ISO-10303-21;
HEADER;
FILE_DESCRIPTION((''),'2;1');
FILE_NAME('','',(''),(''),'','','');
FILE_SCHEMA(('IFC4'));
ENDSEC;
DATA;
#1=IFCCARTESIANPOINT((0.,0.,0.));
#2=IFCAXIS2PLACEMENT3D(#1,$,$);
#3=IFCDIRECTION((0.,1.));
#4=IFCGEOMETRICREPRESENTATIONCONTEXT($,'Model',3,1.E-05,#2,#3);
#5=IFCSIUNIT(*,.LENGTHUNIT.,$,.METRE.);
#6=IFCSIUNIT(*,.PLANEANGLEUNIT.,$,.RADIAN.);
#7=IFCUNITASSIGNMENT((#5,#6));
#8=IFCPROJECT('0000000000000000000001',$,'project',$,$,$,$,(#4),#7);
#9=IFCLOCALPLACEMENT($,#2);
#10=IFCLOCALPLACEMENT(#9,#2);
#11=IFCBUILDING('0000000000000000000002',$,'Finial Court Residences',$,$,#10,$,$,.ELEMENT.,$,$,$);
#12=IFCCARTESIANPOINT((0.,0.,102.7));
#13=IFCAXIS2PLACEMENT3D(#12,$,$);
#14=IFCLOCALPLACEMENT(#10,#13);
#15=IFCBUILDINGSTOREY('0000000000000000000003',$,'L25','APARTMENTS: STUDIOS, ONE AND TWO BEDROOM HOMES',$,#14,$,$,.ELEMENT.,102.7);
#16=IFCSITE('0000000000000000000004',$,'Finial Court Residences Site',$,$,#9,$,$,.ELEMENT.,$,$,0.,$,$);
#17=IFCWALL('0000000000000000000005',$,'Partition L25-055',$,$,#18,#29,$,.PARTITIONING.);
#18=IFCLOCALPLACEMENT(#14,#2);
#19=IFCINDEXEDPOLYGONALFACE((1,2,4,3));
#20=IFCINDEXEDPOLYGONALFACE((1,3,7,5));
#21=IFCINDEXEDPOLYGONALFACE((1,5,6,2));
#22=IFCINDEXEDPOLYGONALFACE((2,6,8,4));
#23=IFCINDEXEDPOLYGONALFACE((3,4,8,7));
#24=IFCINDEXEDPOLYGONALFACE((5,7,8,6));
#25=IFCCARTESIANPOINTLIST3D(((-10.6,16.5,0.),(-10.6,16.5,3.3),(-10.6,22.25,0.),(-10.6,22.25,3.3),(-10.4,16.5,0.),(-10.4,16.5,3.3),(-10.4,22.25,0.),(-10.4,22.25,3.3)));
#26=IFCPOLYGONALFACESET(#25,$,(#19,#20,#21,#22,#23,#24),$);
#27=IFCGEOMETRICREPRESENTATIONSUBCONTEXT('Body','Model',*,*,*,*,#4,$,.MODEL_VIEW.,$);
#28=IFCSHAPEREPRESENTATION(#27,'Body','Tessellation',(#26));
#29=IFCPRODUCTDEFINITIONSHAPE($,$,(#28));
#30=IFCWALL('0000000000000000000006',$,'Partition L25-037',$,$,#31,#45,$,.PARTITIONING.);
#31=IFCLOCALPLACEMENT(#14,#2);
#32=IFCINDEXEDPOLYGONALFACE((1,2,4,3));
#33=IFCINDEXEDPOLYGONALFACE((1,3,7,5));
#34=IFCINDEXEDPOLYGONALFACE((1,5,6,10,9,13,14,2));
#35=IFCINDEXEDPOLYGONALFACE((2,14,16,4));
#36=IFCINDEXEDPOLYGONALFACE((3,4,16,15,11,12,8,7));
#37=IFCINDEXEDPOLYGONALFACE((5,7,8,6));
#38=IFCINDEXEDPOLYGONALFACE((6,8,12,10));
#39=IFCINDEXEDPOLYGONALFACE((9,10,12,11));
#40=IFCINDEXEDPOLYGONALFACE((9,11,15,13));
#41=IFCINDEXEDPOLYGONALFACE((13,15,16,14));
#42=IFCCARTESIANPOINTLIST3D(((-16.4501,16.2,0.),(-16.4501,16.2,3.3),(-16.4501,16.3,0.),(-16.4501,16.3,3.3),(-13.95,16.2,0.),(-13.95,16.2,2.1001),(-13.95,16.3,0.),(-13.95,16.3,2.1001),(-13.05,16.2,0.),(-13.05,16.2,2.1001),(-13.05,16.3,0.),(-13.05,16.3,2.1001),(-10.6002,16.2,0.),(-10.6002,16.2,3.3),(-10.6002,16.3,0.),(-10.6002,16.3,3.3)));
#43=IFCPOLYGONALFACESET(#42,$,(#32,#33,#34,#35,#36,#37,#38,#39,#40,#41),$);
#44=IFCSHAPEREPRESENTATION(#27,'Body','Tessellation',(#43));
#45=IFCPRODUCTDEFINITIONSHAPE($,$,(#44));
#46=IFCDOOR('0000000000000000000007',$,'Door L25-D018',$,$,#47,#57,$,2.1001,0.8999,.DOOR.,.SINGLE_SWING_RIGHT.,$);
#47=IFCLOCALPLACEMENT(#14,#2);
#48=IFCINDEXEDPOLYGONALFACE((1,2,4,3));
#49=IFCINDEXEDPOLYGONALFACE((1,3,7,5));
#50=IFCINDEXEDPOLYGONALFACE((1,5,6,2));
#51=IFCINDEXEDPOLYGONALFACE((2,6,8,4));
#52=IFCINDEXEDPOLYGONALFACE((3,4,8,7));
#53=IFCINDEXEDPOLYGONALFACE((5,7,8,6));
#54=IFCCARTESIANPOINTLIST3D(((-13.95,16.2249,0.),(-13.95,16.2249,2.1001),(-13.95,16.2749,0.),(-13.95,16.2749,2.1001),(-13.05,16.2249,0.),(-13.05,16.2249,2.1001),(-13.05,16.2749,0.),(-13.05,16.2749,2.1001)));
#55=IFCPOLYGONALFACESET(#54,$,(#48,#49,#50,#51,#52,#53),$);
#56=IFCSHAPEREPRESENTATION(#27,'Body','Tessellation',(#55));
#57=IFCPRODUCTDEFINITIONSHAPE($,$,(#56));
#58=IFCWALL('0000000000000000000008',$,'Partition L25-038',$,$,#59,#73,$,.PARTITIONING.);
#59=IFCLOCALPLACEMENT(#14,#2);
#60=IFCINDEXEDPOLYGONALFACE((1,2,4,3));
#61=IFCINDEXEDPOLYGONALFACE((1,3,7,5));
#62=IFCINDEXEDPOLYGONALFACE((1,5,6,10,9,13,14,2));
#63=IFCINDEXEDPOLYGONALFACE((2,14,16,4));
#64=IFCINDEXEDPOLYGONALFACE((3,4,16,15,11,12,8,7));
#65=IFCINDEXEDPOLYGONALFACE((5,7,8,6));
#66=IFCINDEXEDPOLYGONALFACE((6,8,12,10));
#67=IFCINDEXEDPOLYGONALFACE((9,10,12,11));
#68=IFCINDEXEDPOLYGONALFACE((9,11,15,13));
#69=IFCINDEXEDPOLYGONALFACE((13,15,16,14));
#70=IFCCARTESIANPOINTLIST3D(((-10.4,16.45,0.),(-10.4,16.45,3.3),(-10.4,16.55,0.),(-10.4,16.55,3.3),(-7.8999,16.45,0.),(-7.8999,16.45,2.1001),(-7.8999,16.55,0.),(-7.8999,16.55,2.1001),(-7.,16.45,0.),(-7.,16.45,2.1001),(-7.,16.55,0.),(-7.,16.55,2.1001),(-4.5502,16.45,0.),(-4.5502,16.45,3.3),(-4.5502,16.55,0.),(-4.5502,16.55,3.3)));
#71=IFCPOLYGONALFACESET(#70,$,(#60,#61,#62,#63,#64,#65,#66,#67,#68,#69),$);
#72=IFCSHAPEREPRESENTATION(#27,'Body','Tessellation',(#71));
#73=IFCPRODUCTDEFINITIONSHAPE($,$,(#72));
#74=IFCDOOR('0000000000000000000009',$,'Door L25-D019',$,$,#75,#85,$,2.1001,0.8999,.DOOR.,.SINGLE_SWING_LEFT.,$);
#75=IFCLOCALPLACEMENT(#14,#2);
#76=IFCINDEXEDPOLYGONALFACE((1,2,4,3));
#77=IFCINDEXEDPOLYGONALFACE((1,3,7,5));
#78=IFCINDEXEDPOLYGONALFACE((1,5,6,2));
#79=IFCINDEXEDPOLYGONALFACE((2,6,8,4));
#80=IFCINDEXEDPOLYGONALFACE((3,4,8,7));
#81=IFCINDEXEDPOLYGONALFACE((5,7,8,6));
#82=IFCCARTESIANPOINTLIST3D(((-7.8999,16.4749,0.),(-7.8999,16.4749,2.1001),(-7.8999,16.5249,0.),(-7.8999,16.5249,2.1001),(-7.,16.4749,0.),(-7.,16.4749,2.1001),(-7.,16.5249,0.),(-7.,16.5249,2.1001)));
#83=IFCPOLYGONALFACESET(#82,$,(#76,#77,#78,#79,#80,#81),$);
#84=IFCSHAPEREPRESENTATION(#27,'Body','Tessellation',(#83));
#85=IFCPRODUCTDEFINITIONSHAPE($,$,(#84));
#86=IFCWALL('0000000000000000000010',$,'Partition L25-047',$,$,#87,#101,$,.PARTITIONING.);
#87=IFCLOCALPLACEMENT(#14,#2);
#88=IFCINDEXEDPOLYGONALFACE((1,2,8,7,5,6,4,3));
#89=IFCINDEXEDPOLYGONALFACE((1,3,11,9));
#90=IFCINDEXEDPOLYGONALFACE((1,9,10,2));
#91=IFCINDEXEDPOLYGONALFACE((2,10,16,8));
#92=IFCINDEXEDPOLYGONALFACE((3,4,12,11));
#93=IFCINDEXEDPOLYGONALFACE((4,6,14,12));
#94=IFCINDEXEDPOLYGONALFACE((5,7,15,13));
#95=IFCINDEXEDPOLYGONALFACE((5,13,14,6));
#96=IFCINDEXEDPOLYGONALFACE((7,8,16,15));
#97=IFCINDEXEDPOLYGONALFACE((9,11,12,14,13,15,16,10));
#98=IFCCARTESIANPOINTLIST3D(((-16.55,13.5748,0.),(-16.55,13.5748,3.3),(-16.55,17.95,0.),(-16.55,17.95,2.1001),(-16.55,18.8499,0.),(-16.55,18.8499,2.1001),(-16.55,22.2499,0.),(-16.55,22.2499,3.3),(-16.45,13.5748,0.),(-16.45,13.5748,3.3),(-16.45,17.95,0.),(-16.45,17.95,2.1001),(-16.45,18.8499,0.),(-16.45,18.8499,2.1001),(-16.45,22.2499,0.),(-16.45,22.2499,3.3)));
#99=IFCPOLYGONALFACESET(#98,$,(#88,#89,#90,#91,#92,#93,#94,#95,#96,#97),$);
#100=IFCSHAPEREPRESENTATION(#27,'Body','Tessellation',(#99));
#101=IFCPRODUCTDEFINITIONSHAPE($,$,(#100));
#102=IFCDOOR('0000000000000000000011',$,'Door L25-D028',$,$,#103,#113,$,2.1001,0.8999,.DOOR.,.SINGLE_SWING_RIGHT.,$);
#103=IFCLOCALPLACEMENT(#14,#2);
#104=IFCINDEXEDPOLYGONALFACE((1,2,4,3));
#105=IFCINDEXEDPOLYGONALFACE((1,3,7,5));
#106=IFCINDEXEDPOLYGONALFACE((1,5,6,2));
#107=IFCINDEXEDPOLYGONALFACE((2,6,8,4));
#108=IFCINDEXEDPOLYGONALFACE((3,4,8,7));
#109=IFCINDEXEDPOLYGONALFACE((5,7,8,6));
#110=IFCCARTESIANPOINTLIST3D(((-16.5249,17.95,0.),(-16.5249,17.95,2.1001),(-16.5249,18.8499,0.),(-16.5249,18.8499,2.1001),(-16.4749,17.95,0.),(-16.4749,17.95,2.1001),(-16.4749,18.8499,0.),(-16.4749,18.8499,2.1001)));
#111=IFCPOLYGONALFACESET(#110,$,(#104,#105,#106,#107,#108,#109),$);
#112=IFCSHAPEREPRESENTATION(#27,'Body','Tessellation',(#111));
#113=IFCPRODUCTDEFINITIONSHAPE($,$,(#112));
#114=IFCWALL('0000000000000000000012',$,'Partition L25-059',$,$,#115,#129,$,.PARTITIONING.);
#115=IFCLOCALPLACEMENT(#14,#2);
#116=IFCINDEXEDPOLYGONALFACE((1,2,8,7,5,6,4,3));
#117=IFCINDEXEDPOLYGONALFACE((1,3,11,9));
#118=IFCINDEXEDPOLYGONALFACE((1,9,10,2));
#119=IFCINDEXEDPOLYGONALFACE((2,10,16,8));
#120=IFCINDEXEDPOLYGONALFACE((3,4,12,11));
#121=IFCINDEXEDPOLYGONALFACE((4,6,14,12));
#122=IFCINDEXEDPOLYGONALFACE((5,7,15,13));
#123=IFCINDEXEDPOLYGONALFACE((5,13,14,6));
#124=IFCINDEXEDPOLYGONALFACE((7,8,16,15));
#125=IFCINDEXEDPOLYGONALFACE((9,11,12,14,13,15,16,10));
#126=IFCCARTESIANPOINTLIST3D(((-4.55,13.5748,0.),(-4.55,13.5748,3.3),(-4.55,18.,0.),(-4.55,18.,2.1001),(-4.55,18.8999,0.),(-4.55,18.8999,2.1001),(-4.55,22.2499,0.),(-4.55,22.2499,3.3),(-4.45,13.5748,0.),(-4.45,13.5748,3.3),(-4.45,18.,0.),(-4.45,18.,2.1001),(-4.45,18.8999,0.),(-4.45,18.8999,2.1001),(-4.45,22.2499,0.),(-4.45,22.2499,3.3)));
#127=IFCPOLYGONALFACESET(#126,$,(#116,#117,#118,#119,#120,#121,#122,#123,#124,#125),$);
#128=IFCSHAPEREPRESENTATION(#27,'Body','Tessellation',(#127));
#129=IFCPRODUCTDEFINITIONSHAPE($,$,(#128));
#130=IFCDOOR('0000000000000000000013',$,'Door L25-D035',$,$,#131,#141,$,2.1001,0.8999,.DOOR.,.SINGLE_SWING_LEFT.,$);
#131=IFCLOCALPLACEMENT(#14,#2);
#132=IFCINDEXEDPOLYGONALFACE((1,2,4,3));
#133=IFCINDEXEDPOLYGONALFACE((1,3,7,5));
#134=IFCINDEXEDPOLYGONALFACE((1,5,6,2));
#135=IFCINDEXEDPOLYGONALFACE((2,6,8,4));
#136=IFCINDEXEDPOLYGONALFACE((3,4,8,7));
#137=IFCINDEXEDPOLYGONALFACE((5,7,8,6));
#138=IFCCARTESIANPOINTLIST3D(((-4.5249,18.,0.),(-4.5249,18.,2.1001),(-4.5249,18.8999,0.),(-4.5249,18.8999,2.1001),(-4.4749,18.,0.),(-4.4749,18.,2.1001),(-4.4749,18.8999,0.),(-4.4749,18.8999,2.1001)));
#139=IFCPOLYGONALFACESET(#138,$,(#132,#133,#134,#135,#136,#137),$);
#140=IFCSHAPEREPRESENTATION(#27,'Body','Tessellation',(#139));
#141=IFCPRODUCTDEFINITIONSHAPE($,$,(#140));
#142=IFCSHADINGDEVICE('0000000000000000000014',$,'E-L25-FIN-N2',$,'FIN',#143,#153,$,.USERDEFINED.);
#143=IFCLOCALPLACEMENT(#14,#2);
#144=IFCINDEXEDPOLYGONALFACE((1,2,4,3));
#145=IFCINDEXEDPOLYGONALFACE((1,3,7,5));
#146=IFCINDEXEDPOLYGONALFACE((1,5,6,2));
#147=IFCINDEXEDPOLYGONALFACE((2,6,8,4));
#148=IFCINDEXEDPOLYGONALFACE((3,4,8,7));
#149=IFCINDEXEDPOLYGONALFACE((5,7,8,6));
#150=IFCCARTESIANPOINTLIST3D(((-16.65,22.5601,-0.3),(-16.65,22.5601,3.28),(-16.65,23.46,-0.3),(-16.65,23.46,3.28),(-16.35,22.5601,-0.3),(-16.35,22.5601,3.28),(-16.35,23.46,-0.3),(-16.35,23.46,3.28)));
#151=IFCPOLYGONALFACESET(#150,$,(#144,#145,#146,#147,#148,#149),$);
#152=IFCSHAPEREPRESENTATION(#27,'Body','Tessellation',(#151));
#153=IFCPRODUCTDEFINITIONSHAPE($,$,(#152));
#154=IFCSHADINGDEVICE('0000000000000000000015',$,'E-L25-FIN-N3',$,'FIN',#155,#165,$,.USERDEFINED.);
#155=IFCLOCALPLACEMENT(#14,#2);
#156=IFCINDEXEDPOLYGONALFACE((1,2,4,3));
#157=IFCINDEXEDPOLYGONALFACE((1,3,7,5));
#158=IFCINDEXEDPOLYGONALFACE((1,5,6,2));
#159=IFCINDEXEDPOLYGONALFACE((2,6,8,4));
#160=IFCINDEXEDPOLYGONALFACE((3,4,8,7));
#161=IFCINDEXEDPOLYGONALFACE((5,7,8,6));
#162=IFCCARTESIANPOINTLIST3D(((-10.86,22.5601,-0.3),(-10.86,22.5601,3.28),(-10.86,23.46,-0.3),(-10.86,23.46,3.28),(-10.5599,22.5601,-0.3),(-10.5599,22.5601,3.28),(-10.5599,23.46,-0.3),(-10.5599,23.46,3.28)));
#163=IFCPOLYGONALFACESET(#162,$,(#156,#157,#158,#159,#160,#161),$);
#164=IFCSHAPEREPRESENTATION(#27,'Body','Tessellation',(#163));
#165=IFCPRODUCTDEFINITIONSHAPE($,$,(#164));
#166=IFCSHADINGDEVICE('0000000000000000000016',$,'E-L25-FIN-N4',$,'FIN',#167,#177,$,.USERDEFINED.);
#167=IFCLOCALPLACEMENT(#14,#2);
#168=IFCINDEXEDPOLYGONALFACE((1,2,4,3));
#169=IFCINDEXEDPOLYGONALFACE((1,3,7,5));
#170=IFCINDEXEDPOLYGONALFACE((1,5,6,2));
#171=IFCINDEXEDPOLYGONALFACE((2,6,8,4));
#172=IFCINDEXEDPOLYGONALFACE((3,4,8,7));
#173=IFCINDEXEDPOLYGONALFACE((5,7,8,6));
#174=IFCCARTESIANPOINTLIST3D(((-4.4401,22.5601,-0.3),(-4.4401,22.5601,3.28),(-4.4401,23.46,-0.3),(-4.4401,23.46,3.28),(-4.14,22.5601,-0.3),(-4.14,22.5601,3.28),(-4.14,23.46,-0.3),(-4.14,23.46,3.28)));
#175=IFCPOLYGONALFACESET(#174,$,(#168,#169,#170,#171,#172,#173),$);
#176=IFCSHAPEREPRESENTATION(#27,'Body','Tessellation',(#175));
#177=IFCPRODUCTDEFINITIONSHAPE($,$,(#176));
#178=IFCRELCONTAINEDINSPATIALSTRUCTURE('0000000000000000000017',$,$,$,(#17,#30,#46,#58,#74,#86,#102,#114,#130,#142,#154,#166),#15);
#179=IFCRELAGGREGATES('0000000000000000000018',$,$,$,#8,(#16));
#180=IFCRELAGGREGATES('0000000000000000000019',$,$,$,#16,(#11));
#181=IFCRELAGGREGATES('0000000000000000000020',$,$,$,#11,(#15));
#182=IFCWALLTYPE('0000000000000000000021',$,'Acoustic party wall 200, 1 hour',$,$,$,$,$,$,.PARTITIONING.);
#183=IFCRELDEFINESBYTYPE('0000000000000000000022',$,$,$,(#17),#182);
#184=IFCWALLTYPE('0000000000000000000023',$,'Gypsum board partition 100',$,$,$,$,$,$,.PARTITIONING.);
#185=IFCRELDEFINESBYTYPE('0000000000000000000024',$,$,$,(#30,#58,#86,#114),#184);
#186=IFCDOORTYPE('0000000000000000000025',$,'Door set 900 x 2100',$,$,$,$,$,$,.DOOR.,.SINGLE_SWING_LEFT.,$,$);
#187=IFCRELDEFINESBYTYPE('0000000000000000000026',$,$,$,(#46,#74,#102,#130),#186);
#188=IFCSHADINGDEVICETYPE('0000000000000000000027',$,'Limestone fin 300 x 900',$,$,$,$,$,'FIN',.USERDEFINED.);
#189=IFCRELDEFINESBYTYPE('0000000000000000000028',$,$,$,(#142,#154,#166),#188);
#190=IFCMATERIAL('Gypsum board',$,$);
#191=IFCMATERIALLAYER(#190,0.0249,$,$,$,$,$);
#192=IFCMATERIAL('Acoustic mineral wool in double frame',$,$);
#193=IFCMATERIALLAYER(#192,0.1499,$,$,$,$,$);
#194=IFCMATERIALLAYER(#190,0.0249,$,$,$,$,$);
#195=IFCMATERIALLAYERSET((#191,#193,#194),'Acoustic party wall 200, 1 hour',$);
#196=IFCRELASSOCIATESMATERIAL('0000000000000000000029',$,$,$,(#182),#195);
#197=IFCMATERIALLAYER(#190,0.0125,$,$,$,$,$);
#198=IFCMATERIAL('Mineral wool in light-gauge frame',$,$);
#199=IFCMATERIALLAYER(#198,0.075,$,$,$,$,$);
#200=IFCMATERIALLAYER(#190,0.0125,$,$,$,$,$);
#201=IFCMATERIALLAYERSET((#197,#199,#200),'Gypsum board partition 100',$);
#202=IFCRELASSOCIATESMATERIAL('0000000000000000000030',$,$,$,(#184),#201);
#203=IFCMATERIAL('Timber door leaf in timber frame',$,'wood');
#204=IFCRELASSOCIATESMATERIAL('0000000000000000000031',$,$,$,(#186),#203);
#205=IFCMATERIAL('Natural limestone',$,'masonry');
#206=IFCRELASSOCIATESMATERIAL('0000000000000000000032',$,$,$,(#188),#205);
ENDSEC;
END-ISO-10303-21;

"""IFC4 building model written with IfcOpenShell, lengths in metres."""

from ifc_helpers import new_model, si_unit, direction, frame, frame_2d, origin, origin_2d, place, context, subcontext, project, spatial, rectangle, extrude, material, layer, layer_set, type_object, element, fill, save


model = new_model("IFC4")

# Units and contexts
model_context = context("Model", 3, precision=1e-05, world=origin(), true_north=direction((0.0, 1.0)))
body_context = subcontext(model_context, "Body", "Model", "MODEL_VIEW")
ifc_project = project(units=[si_unit("LENGTHUNIT", "METRE"), si_unit("PLANEANGLEUNIT", "RADIAN")], contexts=[model_context])

# Site, building, storey
site_placement = place(None, origin())
site = spatial("IfcSite", under=ifc_project, at=site_placement, Name="Finial Court Residences Site", CompositionType="ELEMENT", RefElevation=0.0)
building_placement = place(site_placement, origin())
building = spatial("IfcBuilding", under=site, at=building_placement, Name="Finial Court Residences", CompositionType="ELEMENT")
storey_placement = place(building_placement, frame((0.0, 0.0, 102.7)))
storey = spatial("IfcBuildingStorey", under=building, at=storey_placement, Name="L25", Description="APARTMENTS: STUDIOS, ONE AND TWO BEDROOM HOMES", CompositionType="ELEMENT", Elevation=102.7)

# Wall
ifc_material_1 = material(Name="Gypsum board")
ifc_layer_1 = layer(ifc_material_1, 0.0249)
ifc_material_2 = material(Name="Acoustic mineral wool in double frame")
ifc_layer_2 = layer(ifc_material_2, 0.1499)
ifc_layer_3 = layer(ifc_material_1, 0.0249)
ifc_layer_set_1 = layer_set([ifc_layer_1, ifc_layer_2, ifc_layer_3], Name="Acoustic party wall 200, 1 hour")
wall_type_1 = type_object("IfcWallType", Name="Acoustic party wall 200, 1 hour", PredefinedType="PARTITIONING", material=ifc_layer_set_1)
wall_1_placement = place(storey_placement, frame((-10.5, 16.5, 0.0), z_axis=(0.0, 0.0, 1.0), x_axis=(0.0, 1.0, 0.0)))
element("IfcWall", 1, at=wall_1_placement, inside=storey, type_object=wall_type_1, Name="Partition L25-055", PredefinedType="PARTITIONING", context=body_context, shape_type="SweptSolid", body=[
    extrude(rectangle(XDim=5.75, YDim=0.2, at=frame_2d((2.875, 0.0))), origin(), (0.0, 0.0, 1.0), 3.3),
])

# Walls, openings, doors
ifc_layer_4 = layer(ifc_material_1, 0.0125)
ifc_material_3 = material(Name="Mineral wool in light-gauge frame")
ifc_layer_5 = layer(ifc_material_3, 0.075)
ifc_layer_6 = layer(ifc_material_1, 0.0125)
ifc_layer_set_2 = layer_set([ifc_layer_4, ifc_layer_5, ifc_layer_6], Name="Gypsum board partition 100")
wall_type_2 = type_object("IfcWallType", Name="Gypsum board partition 100", PredefinedType="PARTITIONING", material=ifc_layer_set_2)
wall_2_placement = place(storey_placement, frame((-16.45, 16.25, 0.0), z_axis=(0.0, 0.0, 1.0), x_axis=(1.0, 0.0, 0.0)))
wall_2 = element("IfcWall", 2, at=wall_2_placement, inside=storey, type_object=wall_type_2, Name="Partition L25-037", PredefinedType="PARTITIONING", context=body_context, shape_type="SweptSolid", body=[
    extrude(rectangle(XDim=5.8499, YDim=0.1001, at=frame_2d((2.9248, 0.0))), origin(), (0.0, 0.0, 1.0), 3.3),
])
opening_1_placement = place(wall_2_placement, frame((2.5, 0.0, 0.0)))
opening_1 = element("IfcOpeningElement", 3, at=opening_1_placement, cuts=wall_2, PredefinedType="OPENING", context=body_context, shape_type="SweptSolid", body=[
    extrude(rectangle(XDim=0.8999, YDim=2.1001, at=frame_2d((0.45, 1.05))), frame((0.0, 0.0601, 0.0), z_axis=(0.0, -1.0, 0.0), x_axis=(1.0, 0.0, 0.0)), (0.0, 0.0, 1.0), 0.1201),
])
ifc_material_4 = material(Name="Timber door leaf in timber frame", Category="wood")
door_type = type_object("IfcDoorType", Name="Door set 900 x 2100", OperationType="SINGLE_SWING_LEFT", PredefinedType="DOOR", material=ifc_material_4)
door_1_placement = place(opening_1_placement, origin())
door_1 = element("IfcDoor", 4, at=door_1_placement, inside=storey, type_object=door_type, Name="Door L25-D018", OperationType="SINGLE_SWING_RIGHT", OverallHeight=2.1001, OverallWidth=0.8999, PredefinedType="DOOR", context=body_context, shape_type="SweptSolid", body=[
    extrude(rectangle(XDim=0.8999, YDim=2.1001, at=frame_2d((0.45, 1.05))), frame((0.0, 0.0249, 0.0), z_axis=(0.0, -1.0, 0.0), x_axis=(1.0, 0.0, 0.0)), (0.0, 0.0, 1.0), 0.05),
])
fill(opening_1, door_1)
wall_3_placement = place(storey_placement, frame((-10.3999, 16.5, 0.0), z_axis=(0.0, 0.0, 1.0), x_axis=(1.0, 0.0, 0.0)))
wall_3 = element("IfcWall", 5, at=wall_3_placement, inside=storey, type_object=wall_type_2, Name="Partition L25-038", PredefinedType="PARTITIONING", context=body_context, shape_type="SweptSolid", body=[
    extrude(rectangle(XDim=5.8499, YDim=0.1001, at=frame_2d((2.9248, 0.0))), origin(), (0.0, 0.0, 1.0), 3.3),
])
opening_2_placement = place(wall_3_placement, frame((2.5, 0.0, 0.0)))
opening_2 = element("IfcOpeningElement", 6, at=opening_2_placement, cuts=wall_3, PredefinedType="OPENING", context=body_context, shape_type="SweptSolid", body=[
    extrude(rectangle(XDim=0.8999, YDim=2.1001, at=frame_2d((0.45, 1.05))), frame((0.0, 0.0601, 0.0), z_axis=(0.0, -1.0, 0.0), x_axis=(1.0, 0.0, 0.0)), (0.0, 0.0, 1.0), 0.1201),
])
door_2_placement = place(opening_2_placement, origin())
door_2 = element("IfcDoor", 7, at=door_2_placement, inside=storey, type_object=door_type, Name="Door L25-D019", OperationType="SINGLE_SWING_LEFT", OverallHeight=2.1001, OverallWidth=0.8999, PredefinedType="DOOR", context=body_context, shape_type="SweptSolid", body=[
    extrude(rectangle(XDim=0.8999, YDim=2.1001, at=frame_2d((0.45, 1.05))), frame((0.0, 0.0249, 0.0), z_axis=(0.0, -1.0, 0.0), x_axis=(1.0, 0.0, 0.0)), (0.0, 0.0, 1.0), 0.05),
])
fill(opening_2, door_2)
wall_4_placement = place(storey_placement, frame((-16.5, 13.575, 0.0), z_axis=(0.0, 0.0, 1.0), x_axis=(0.0, 1.0, 0.0)))
wall_4 = element("IfcWall", 8, at=wall_4_placement, inside=storey, type_object=wall_type_2, Name="Partition L25-047", PredefinedType="PARTITIONING", context=body_context, shape_type="SweptSolid", body=[
    extrude(rectangle(XDim=8.675, YDim=0.1001, at=frame_2d((4.3374, 0.0))), origin(), (0.0, 0.0, 1.0), 3.3),
])
opening_3_placement = place(wall_4_placement, frame((4.375, 0.0, 0.0)))
opening_3 = element("IfcOpeningElement", 9, at=opening_3_placement, cuts=wall_4, PredefinedType="OPENING", context=body_context, shape_type="SweptSolid", body=[
    extrude(rectangle(XDim=0.8999, YDim=2.1001, at=frame_2d((0.45, 1.05))), frame((0.0, 0.0601, 0.0), z_axis=(0.0, -1.0, 0.0), x_axis=(1.0, 0.0, 0.0)), (0.0, 0.0, 1.0), 0.1201),
])
door_3_placement = place(opening_3_placement, origin())
door_3 = element("IfcDoor", 10, at=door_3_placement, inside=storey, type_object=door_type, Name="Door L25-D028", OperationType="SINGLE_SWING_RIGHT", OverallHeight=2.1001, OverallWidth=0.8999, PredefinedType="DOOR", context=body_context, shape_type="SweptSolid", body=[
    extrude(rectangle(XDim=0.8999, YDim=2.1001, at=frame_2d((0.45, 1.05))), frame((0.0, 0.0249, 0.0), z_axis=(0.0, -1.0, 0.0), x_axis=(1.0, 0.0, 0.0)), (0.0, 0.0, 1.0), 0.05),
])
fill(opening_3, door_3)
wall_5_placement = place(storey_placement, frame((-4.5, 13.575, 0.0), z_axis=(0.0, 0.0, 1.0), x_axis=(0.0, 1.0, 0.0)))
wall_5 = element("IfcWall", 11, at=wall_5_placement, inside=storey, type_object=wall_type_2, Name="Partition L25-059", PredefinedType="PARTITIONING", context=body_context, shape_type="SweptSolid", body=[
    extrude(rectangle(XDim=8.675, YDim=0.1001, at=frame_2d((4.3374, 0.0))), origin(), (0.0, 0.0, 1.0), 3.3),
])
opening_4_placement = place(wall_5_placement, frame((4.425, 0.0, 0.0)))
opening_4 = element("IfcOpeningElement", 12, at=opening_4_placement, cuts=wall_5, PredefinedType="OPENING", context=body_context, shape_type="SweptSolid", body=[
    extrude(rectangle(XDim=0.8999, YDim=2.1001, at=frame_2d((0.45, 1.05))), frame((0.0, 0.0601, 0.0), z_axis=(0.0, -1.0, 0.0), x_axis=(1.0, 0.0, 0.0)), (0.0, 0.0, 1.0), 0.1201),
])
door_4_placement = place(opening_4_placement, origin())
door_4 = element("IfcDoor", 13, at=door_4_placement, inside=storey, type_object=door_type, Name="Door L25-D035", OperationType="SINGLE_SWING_LEFT", OverallHeight=2.1001, OverallWidth=0.8999, PredefinedType="DOOR", context=body_context, shape_type="SweptSolid", body=[
    extrude(rectangle(XDim=0.8999, YDim=2.1001, at=frame_2d((0.45, 1.05))), frame((0.0, 0.0249, 0.0), z_axis=(0.0, -1.0, 0.0), x_axis=(1.0, 0.0, 0.0)), (0.0, 0.0, 1.0), 0.05),
])
fill(opening_4, door_4)

# Shading devices
ifc_material_5 = material(Name="Natural limestone", Category="masonry")
shading_device_type = type_object("IfcShadingDeviceType", Name="Limestone fin 300 x 900", ElementType="FIN", PredefinedType="USERDEFINED", material=ifc_material_5)
for number, where, z_axis, x_axis, name in (
    (14, (-16.5, 23.01, -0.3), (0.0, 0.0, 1.0), (1.0, 0.0, 0.0), "E-L25-FIN-N2"),
    (15, (-10.71, 23.01, -0.3), (0.0, 0.0, 1.0), (1.0, 0.0, 0.0), "E-L25-FIN-N3"),
    (16, (-4.29, 23.01, -0.3), (0.0, 0.0, 1.0), (1.0, 0.0, 0.0), "E-L25-FIN-N4"),
):
    element("IfcShadingDevice", number, at=place(storey_placement, frame(where, z_axis=z_axis, x_axis=x_axis)), inside=storey, type_object=shading_device_type, Name=name, ObjectType="FIN", PredefinedType="USERDEFINED", context=body_context, shape_type="SweptSolid", body=[
        extrude(rectangle(XDim=0.3, YDim=0.8999, at=origin_2d()), origin(), (0.0, 0.0, 1.0), 3.5801),
    ])

save(model, "model.ifc")
